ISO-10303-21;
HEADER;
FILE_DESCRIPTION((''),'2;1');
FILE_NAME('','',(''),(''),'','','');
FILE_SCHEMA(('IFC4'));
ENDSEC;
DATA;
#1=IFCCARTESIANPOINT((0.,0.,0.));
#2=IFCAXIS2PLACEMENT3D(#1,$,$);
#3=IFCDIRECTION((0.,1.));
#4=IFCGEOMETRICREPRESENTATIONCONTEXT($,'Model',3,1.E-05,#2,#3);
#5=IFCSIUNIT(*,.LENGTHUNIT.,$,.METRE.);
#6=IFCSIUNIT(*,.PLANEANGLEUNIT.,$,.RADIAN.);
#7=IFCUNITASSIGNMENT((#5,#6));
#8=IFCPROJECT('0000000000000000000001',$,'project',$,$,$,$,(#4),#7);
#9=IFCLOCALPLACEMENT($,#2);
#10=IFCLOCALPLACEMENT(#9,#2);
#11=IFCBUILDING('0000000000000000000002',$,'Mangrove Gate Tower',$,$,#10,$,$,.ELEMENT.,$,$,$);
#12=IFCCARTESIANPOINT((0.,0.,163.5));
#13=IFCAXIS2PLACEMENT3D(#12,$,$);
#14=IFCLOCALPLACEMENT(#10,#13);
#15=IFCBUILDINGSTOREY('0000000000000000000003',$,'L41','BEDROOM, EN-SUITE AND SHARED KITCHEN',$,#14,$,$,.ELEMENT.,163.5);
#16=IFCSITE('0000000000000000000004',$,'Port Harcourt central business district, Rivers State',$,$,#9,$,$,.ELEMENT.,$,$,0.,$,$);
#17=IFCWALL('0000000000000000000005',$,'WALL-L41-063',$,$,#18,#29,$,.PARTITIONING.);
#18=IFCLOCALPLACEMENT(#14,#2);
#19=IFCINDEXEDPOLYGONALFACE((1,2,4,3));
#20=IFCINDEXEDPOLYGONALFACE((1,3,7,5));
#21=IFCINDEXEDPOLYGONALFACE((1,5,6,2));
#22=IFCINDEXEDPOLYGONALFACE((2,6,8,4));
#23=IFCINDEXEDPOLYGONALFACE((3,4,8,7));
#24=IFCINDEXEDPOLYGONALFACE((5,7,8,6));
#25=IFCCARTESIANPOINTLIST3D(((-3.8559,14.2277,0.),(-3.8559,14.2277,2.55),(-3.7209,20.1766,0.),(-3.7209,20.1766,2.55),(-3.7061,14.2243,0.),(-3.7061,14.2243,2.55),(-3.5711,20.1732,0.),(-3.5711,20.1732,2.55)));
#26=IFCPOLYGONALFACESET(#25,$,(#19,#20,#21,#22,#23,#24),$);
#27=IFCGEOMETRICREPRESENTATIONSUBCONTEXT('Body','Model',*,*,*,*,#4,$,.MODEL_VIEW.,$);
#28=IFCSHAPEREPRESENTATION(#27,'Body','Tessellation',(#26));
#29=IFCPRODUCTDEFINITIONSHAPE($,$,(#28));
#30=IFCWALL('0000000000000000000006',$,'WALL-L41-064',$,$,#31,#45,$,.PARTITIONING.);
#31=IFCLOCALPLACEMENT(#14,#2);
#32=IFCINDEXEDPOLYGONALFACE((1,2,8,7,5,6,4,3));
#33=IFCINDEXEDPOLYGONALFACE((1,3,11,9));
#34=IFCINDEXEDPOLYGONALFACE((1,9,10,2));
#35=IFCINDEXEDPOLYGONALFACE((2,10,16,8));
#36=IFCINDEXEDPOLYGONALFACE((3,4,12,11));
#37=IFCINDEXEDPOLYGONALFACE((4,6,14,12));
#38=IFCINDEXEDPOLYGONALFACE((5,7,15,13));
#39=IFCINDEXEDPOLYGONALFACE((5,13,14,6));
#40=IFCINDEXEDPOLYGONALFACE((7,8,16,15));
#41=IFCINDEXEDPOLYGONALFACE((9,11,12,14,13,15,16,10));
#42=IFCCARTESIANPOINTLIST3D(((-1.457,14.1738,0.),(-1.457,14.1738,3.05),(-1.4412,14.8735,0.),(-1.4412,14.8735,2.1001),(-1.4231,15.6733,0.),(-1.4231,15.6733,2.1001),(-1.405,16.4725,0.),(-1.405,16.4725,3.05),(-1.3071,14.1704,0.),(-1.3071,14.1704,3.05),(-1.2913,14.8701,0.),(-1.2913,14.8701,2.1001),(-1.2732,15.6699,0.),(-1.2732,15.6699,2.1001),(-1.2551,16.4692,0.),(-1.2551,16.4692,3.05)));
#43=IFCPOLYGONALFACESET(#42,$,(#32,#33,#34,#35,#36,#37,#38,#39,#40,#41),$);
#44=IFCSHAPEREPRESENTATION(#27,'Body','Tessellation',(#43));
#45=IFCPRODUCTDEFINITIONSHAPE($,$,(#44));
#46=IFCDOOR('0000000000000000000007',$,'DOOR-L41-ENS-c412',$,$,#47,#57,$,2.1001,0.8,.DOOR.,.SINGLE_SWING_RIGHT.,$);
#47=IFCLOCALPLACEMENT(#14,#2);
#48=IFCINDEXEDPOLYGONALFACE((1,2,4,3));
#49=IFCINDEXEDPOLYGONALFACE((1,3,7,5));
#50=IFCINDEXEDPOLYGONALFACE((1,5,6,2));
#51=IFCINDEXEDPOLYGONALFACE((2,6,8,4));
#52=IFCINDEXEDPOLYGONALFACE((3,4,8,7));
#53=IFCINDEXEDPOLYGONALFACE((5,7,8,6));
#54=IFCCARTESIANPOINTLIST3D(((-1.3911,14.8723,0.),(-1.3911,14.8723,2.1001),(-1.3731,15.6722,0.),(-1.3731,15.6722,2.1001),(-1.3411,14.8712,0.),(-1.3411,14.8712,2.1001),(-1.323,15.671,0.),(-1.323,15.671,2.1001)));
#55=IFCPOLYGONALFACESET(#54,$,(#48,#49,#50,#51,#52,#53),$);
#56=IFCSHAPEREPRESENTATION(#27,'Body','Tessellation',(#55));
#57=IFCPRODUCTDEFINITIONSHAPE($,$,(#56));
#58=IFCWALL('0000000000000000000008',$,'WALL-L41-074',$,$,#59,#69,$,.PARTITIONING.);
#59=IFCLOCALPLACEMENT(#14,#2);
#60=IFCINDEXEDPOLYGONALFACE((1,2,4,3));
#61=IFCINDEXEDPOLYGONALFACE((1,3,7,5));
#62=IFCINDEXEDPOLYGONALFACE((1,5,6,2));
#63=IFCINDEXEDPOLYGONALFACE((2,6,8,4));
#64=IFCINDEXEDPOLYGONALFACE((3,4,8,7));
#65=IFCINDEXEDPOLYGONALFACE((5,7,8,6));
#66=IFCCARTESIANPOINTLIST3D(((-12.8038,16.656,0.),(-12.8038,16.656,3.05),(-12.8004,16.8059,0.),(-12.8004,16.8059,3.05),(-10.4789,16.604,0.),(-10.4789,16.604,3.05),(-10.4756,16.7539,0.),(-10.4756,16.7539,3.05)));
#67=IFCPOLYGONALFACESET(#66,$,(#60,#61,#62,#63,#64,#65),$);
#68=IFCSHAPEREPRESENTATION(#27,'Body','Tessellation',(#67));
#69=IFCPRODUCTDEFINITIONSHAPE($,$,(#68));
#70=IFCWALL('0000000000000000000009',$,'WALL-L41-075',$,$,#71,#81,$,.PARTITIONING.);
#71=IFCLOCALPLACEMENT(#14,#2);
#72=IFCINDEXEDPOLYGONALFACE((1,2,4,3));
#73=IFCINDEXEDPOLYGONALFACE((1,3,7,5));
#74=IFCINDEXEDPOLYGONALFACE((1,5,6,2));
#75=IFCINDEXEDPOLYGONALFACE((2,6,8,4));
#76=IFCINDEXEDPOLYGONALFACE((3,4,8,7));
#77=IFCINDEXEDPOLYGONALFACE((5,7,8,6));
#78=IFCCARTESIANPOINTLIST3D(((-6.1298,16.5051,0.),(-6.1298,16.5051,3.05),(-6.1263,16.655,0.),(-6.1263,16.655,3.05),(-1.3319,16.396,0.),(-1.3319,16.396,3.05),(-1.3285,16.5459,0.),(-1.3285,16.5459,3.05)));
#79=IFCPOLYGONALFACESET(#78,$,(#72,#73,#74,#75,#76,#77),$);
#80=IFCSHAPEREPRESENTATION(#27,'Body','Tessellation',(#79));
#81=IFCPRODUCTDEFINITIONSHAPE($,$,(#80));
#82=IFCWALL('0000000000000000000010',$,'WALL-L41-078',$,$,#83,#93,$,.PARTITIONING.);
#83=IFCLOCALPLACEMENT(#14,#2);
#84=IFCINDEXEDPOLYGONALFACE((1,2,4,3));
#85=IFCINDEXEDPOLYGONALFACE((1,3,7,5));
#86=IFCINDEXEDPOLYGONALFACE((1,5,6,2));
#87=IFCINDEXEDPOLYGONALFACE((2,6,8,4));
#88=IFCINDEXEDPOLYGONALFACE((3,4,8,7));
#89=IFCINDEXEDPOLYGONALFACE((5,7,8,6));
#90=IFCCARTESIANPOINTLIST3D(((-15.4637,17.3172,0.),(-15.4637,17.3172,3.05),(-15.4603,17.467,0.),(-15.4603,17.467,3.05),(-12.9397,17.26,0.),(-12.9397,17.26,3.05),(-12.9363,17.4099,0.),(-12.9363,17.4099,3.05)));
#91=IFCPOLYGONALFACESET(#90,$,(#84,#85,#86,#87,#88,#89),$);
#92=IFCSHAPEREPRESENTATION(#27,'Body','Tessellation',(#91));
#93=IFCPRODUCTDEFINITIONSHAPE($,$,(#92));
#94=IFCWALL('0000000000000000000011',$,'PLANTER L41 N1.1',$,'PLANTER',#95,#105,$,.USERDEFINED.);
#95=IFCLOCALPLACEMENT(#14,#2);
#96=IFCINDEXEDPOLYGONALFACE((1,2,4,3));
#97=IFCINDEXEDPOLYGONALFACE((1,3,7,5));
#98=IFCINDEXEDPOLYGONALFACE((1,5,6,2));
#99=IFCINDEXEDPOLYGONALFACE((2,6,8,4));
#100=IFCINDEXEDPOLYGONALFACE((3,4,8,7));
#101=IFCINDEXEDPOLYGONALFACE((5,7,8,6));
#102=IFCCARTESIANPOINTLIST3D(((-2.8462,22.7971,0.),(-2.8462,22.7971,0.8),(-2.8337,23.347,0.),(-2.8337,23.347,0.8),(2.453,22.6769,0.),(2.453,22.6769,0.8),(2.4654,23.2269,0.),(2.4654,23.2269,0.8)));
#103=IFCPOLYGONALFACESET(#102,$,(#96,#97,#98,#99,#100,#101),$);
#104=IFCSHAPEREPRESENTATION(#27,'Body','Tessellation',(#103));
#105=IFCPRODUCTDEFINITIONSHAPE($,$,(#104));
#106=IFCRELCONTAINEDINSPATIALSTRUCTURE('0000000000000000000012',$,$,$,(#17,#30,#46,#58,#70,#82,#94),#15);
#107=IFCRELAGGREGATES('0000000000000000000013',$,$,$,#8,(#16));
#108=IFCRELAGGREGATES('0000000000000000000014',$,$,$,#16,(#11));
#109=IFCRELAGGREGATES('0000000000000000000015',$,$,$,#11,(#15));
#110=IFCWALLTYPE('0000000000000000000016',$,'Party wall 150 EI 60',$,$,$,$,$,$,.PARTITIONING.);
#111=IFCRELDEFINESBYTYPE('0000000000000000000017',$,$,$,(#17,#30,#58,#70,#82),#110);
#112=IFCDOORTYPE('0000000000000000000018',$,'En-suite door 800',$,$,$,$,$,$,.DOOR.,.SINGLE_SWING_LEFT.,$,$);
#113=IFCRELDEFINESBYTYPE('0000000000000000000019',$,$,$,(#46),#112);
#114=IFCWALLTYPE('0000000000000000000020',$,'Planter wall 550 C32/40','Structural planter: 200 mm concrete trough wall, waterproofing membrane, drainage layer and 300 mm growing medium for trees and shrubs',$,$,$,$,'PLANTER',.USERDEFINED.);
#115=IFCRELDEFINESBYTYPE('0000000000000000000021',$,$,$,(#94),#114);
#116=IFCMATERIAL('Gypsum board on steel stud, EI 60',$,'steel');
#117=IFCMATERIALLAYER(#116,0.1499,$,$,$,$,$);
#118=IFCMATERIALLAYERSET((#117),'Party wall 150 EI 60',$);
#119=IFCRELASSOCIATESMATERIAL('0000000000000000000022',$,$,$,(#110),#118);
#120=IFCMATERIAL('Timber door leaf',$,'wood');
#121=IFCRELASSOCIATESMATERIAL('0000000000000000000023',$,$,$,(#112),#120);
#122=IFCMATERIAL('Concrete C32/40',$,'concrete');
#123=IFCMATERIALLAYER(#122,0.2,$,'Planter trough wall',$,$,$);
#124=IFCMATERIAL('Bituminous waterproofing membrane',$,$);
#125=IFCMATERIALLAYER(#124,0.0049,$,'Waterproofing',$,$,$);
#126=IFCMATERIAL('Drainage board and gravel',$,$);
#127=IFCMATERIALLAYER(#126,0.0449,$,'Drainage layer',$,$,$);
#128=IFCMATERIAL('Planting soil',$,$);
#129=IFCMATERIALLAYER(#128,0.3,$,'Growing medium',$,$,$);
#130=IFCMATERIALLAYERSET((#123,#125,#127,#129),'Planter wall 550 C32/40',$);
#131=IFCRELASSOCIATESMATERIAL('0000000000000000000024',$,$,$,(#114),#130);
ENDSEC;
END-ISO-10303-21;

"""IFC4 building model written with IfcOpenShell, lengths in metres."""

from ifc_helpers import new_model, si_unit, direction, frame, frame_2d, origin, place, context, subcontext, project, spatial, rectangle, extrude, material, layer, layer_set, type_object, element, fill, save


model = new_model("IFC4")

# Units and contexts
model_context = context("Model", 3, precision=1e-05, world=origin(), true_north=direction((0.0, 1.0)))
body_context = subcontext(model_context, "Body", "Model", "MODEL_VIEW")
ifc_project = project(units=[si_unit("LENGTHUNIT", "METRE"), si_unit("PLANEANGLEUNIT", "RADIAN")], contexts=[model_context])

# Site, building, storey
site_placement = place(None, origin())
site = spatial("IfcSite", under=ifc_project, at=site_placement, Name="Port Harcourt central business district, Rivers State", CompositionType="ELEMENT", RefElevation=0.0)
building_placement = place(site_placement, origin())
building = spatial("IfcBuilding", under=site, at=building_placement, Name="Mangrove Gate Tower", CompositionType="ELEMENT")
storey_placement = place(building_placement, frame((0.0, 0.0, 163.5)))
storey = spatial("IfcBuildingStorey", under=building, at=storey_placement, Name="L41", Description="BEDROOM, EN-SUITE AND SHARED KITCHEN", CompositionType="ELEMENT", Elevation=163.5)

# Shared definitions
ifc_material_1 = material(Name="Gypsum board on steel stud, EI 60", Category="steel")
ifc_layer_1 = layer(ifc_material_1, 0.1499)
ifc_layer_set_1 = layer_set([ifc_layer_1], Name="Party wall 150 EI 60")
wall_type_1 = type_object("IfcWallType", Name="Party wall 150 EI 60", PredefinedType="PARTITIONING", material=ifc_layer_set_1)

# Shared definitions
ifc_material_2 = material(Name="Timber door leaf", Category="wood")
door_type = type_object("IfcDoorType", Name="En-suite door 800", OperationType="SINGLE_SWING_LEFT", PredefinedType="DOOR", material=ifc_material_2)

# Wall
wall_1_placement = place(storey_placement, frame((-3.781, 14.2261, 0.0), z_axis=(0.0, 0.0, 1.0), x_axis=(0.022689, 0.999743, 0.0)))
element("IfcWall", 1, at=wall_1_placement, inside=storey, type_object=wall_type_1, Name="WALL-L41-063", PredefinedType="PARTITIONING", context=body_context, shape_type="SweptSolid", body=[
    extrude(rectangle(XDim=5.9504, YDim=0.1499, at=frame_2d((2.9751, 0.0))), origin(), (0.0, 0.0, 1.0), 2.55),
])

# Wall, opening, door
wall_2_placement = place(storey_placement, frame((-1.3821, 14.1721, 0.0), z_axis=(0.0, 0.0, 1.0), x_axis=(0.022615, 0.999744, 0.0)))
wall_2 = element("IfcWall", 2, at=wall_2_placement, inside=storey, type_object=wall_type_1, Name="WALL-L41-064", PredefinedType="PARTITIONING", context=body_context, shape_type="SweptSolid", body=[
    extrude(rectangle(XDim=2.2993, YDim=0.1499, at=frame_2d((1.1497, 0.0))), origin(), (0.0, 0.0, 1.0), 3.05),
])
opening_1_placement = place(wall_2_placement, frame((0.7, 0.0, 0.0)))
opening_1 = element("IfcOpeningElement", 3, at=opening_1_placement, cuts=wall_2, PredefinedType="OPENING", context=body_context, shape_type="SweptSolid", body=[
    extrude(rectangle(XDim=0.8, YDim=2.1001, at=frame_2d((0.3999, 1.05))), frame((0.0, 0.085, 0.0), z_axis=(0.0, -1.0, 0.0), x_axis=(1.0, 0.0, 0.0)), (0.0, 0.0, 1.0), 0.1699),
])
door_1_placement = place(opening_1_placement, origin())
door_1 = element("IfcDoor", 4, at=door_1_placement, inside=storey, type_object=door_type, Name="DOOR-L41-ENS-c412", OperationType="SINGLE_SWING_RIGHT", OverallHeight=2.1001, OverallWidth=0.8, PredefinedType="DOOR", context=body_context, shape_type="SweptSolid", body=[
    extrude(rectangle(XDim=0.8, YDim=2.1001, at=frame_2d((0.3999, 1.05))), frame((0.0, 0.0249, 0.0), z_axis=(0.0, -1.0, 0.0), x_axis=(1.0, 0.0, 0.0)), (0.0, 0.0, 1.0), 0.05),
])
fill(opening_1, door_1)

# Walls
wall_3_placement = place(storey_placement, frame((-12.802, 16.731, 0.0), z_axis=(0.0, 0.0, 1.0), x_axis=(0.99975, -0.022361, 0.0)))
element("IfcWall", 5, at=wall_3_placement, inside=storey, type_object=wall_type_1, Name="WALL-L41-074", PredefinedType="PARTITIONING", context=body_context, shape_type="SweptSolid", body=[
    extrude(rectangle(XDim=2.3254, YDim=0.1499, at=frame_2d((1.1626, 0.0))), origin(), (0.0, 0.0, 1.0), 3.05),
])
wall_4_placement = place(storey_placement, frame((-6.1279, 16.5801, 0.0), z_axis=(0.0, 0.0, 1.0), x_axis=(0.999741, -0.02274, 0.0)))
element("IfcWall", 6, at=wall_4_placement, inside=storey, type_object=wall_type_1, Name="WALL-L41-075", PredefinedType="PARTITIONING", context=body_context, shape_type="SweptSolid", body=[
    extrude(rectangle(XDim=4.7991, YDim=0.1499, at=frame_2d((2.3994, 0.0))), origin(), (0.0, 0.0, 1.0), 3.05),
])
wall_5_placement = place(storey_placement, frame((-15.4619, 17.3921, 0.0), z_axis=(0.0, 0.0, 1.0), x_axis=(0.999744, -0.022629, 0.0)))
element("IfcWall", 7, at=wall_5_placement, inside=storey, type_object=wall_type_1, Name="WALL-L41-078", PredefinedType="PARTITIONING", context=body_context, shape_type="SweptSolid", body=[
    extrude(rectangle(XDim=2.5247, YDim=0.1499, at=frame_2d((1.2622, 0.0))), origin(), (0.0, 0.0, 1.0), 3.05),
])
ifc_material_3 = material(Name="Concrete C32/40", Category="concrete")
ifc_layer_2 = layer(ifc_material_3, 0.2, Name="Planter trough wall")
ifc_material_4 = material(Name="Bituminous waterproofing membrane")
ifc_layer_3 = layer(ifc_material_4, 0.0049, Name="Waterproofing")
ifc_material_5 = material(Name="Drainage board and gravel")
ifc_layer_4 = layer(ifc_material_5, 0.0449, Name="Drainage layer")
ifc_material_6 = material(Name="Planting soil")
ifc_layer_5 = layer(ifc_material_6, 0.3, Name="Growing medium")
ifc_layer_set_2 = layer_set([ifc_layer_2, ifc_layer_3, ifc_layer_4, ifc_layer_5], Name="Planter wall 550 C32/40")
wall_type_2 = type_object("IfcWallType", Name="Planter wall 550 C32/40", Description="Structural planter: 200 mm concrete trough wall, waterproofing membrane, drainage layer and 300 mm growing medium for trees and shrubs", ElementType="PLANTER", PredefinedType="USERDEFINED", material=ifc_layer_set_2)
wall_6_placement = place(storey_placement, frame((-2.8401, 23.072, 0.0), z_axis=(0.0, 0.0, 1.0), x_axis=(0.999743, -0.022662, 0.0)))
element("IfcWall", 8, at=wall_6_placement, inside=storey, type_object=wall_type_2, Name="PLANTER L41 N1.1", ObjectType="PLANTER", PredefinedType="USERDEFINED", context=body_context, shape_type="SweptSolid", body=[
    extrude(rectangle(XDim=5.3005, YDim=0.55, at=frame_2d((2.6504, 0.0))), origin(), (0.0, 0.0, 1.0), 0.8),
])

save(model, "model.ifc")
